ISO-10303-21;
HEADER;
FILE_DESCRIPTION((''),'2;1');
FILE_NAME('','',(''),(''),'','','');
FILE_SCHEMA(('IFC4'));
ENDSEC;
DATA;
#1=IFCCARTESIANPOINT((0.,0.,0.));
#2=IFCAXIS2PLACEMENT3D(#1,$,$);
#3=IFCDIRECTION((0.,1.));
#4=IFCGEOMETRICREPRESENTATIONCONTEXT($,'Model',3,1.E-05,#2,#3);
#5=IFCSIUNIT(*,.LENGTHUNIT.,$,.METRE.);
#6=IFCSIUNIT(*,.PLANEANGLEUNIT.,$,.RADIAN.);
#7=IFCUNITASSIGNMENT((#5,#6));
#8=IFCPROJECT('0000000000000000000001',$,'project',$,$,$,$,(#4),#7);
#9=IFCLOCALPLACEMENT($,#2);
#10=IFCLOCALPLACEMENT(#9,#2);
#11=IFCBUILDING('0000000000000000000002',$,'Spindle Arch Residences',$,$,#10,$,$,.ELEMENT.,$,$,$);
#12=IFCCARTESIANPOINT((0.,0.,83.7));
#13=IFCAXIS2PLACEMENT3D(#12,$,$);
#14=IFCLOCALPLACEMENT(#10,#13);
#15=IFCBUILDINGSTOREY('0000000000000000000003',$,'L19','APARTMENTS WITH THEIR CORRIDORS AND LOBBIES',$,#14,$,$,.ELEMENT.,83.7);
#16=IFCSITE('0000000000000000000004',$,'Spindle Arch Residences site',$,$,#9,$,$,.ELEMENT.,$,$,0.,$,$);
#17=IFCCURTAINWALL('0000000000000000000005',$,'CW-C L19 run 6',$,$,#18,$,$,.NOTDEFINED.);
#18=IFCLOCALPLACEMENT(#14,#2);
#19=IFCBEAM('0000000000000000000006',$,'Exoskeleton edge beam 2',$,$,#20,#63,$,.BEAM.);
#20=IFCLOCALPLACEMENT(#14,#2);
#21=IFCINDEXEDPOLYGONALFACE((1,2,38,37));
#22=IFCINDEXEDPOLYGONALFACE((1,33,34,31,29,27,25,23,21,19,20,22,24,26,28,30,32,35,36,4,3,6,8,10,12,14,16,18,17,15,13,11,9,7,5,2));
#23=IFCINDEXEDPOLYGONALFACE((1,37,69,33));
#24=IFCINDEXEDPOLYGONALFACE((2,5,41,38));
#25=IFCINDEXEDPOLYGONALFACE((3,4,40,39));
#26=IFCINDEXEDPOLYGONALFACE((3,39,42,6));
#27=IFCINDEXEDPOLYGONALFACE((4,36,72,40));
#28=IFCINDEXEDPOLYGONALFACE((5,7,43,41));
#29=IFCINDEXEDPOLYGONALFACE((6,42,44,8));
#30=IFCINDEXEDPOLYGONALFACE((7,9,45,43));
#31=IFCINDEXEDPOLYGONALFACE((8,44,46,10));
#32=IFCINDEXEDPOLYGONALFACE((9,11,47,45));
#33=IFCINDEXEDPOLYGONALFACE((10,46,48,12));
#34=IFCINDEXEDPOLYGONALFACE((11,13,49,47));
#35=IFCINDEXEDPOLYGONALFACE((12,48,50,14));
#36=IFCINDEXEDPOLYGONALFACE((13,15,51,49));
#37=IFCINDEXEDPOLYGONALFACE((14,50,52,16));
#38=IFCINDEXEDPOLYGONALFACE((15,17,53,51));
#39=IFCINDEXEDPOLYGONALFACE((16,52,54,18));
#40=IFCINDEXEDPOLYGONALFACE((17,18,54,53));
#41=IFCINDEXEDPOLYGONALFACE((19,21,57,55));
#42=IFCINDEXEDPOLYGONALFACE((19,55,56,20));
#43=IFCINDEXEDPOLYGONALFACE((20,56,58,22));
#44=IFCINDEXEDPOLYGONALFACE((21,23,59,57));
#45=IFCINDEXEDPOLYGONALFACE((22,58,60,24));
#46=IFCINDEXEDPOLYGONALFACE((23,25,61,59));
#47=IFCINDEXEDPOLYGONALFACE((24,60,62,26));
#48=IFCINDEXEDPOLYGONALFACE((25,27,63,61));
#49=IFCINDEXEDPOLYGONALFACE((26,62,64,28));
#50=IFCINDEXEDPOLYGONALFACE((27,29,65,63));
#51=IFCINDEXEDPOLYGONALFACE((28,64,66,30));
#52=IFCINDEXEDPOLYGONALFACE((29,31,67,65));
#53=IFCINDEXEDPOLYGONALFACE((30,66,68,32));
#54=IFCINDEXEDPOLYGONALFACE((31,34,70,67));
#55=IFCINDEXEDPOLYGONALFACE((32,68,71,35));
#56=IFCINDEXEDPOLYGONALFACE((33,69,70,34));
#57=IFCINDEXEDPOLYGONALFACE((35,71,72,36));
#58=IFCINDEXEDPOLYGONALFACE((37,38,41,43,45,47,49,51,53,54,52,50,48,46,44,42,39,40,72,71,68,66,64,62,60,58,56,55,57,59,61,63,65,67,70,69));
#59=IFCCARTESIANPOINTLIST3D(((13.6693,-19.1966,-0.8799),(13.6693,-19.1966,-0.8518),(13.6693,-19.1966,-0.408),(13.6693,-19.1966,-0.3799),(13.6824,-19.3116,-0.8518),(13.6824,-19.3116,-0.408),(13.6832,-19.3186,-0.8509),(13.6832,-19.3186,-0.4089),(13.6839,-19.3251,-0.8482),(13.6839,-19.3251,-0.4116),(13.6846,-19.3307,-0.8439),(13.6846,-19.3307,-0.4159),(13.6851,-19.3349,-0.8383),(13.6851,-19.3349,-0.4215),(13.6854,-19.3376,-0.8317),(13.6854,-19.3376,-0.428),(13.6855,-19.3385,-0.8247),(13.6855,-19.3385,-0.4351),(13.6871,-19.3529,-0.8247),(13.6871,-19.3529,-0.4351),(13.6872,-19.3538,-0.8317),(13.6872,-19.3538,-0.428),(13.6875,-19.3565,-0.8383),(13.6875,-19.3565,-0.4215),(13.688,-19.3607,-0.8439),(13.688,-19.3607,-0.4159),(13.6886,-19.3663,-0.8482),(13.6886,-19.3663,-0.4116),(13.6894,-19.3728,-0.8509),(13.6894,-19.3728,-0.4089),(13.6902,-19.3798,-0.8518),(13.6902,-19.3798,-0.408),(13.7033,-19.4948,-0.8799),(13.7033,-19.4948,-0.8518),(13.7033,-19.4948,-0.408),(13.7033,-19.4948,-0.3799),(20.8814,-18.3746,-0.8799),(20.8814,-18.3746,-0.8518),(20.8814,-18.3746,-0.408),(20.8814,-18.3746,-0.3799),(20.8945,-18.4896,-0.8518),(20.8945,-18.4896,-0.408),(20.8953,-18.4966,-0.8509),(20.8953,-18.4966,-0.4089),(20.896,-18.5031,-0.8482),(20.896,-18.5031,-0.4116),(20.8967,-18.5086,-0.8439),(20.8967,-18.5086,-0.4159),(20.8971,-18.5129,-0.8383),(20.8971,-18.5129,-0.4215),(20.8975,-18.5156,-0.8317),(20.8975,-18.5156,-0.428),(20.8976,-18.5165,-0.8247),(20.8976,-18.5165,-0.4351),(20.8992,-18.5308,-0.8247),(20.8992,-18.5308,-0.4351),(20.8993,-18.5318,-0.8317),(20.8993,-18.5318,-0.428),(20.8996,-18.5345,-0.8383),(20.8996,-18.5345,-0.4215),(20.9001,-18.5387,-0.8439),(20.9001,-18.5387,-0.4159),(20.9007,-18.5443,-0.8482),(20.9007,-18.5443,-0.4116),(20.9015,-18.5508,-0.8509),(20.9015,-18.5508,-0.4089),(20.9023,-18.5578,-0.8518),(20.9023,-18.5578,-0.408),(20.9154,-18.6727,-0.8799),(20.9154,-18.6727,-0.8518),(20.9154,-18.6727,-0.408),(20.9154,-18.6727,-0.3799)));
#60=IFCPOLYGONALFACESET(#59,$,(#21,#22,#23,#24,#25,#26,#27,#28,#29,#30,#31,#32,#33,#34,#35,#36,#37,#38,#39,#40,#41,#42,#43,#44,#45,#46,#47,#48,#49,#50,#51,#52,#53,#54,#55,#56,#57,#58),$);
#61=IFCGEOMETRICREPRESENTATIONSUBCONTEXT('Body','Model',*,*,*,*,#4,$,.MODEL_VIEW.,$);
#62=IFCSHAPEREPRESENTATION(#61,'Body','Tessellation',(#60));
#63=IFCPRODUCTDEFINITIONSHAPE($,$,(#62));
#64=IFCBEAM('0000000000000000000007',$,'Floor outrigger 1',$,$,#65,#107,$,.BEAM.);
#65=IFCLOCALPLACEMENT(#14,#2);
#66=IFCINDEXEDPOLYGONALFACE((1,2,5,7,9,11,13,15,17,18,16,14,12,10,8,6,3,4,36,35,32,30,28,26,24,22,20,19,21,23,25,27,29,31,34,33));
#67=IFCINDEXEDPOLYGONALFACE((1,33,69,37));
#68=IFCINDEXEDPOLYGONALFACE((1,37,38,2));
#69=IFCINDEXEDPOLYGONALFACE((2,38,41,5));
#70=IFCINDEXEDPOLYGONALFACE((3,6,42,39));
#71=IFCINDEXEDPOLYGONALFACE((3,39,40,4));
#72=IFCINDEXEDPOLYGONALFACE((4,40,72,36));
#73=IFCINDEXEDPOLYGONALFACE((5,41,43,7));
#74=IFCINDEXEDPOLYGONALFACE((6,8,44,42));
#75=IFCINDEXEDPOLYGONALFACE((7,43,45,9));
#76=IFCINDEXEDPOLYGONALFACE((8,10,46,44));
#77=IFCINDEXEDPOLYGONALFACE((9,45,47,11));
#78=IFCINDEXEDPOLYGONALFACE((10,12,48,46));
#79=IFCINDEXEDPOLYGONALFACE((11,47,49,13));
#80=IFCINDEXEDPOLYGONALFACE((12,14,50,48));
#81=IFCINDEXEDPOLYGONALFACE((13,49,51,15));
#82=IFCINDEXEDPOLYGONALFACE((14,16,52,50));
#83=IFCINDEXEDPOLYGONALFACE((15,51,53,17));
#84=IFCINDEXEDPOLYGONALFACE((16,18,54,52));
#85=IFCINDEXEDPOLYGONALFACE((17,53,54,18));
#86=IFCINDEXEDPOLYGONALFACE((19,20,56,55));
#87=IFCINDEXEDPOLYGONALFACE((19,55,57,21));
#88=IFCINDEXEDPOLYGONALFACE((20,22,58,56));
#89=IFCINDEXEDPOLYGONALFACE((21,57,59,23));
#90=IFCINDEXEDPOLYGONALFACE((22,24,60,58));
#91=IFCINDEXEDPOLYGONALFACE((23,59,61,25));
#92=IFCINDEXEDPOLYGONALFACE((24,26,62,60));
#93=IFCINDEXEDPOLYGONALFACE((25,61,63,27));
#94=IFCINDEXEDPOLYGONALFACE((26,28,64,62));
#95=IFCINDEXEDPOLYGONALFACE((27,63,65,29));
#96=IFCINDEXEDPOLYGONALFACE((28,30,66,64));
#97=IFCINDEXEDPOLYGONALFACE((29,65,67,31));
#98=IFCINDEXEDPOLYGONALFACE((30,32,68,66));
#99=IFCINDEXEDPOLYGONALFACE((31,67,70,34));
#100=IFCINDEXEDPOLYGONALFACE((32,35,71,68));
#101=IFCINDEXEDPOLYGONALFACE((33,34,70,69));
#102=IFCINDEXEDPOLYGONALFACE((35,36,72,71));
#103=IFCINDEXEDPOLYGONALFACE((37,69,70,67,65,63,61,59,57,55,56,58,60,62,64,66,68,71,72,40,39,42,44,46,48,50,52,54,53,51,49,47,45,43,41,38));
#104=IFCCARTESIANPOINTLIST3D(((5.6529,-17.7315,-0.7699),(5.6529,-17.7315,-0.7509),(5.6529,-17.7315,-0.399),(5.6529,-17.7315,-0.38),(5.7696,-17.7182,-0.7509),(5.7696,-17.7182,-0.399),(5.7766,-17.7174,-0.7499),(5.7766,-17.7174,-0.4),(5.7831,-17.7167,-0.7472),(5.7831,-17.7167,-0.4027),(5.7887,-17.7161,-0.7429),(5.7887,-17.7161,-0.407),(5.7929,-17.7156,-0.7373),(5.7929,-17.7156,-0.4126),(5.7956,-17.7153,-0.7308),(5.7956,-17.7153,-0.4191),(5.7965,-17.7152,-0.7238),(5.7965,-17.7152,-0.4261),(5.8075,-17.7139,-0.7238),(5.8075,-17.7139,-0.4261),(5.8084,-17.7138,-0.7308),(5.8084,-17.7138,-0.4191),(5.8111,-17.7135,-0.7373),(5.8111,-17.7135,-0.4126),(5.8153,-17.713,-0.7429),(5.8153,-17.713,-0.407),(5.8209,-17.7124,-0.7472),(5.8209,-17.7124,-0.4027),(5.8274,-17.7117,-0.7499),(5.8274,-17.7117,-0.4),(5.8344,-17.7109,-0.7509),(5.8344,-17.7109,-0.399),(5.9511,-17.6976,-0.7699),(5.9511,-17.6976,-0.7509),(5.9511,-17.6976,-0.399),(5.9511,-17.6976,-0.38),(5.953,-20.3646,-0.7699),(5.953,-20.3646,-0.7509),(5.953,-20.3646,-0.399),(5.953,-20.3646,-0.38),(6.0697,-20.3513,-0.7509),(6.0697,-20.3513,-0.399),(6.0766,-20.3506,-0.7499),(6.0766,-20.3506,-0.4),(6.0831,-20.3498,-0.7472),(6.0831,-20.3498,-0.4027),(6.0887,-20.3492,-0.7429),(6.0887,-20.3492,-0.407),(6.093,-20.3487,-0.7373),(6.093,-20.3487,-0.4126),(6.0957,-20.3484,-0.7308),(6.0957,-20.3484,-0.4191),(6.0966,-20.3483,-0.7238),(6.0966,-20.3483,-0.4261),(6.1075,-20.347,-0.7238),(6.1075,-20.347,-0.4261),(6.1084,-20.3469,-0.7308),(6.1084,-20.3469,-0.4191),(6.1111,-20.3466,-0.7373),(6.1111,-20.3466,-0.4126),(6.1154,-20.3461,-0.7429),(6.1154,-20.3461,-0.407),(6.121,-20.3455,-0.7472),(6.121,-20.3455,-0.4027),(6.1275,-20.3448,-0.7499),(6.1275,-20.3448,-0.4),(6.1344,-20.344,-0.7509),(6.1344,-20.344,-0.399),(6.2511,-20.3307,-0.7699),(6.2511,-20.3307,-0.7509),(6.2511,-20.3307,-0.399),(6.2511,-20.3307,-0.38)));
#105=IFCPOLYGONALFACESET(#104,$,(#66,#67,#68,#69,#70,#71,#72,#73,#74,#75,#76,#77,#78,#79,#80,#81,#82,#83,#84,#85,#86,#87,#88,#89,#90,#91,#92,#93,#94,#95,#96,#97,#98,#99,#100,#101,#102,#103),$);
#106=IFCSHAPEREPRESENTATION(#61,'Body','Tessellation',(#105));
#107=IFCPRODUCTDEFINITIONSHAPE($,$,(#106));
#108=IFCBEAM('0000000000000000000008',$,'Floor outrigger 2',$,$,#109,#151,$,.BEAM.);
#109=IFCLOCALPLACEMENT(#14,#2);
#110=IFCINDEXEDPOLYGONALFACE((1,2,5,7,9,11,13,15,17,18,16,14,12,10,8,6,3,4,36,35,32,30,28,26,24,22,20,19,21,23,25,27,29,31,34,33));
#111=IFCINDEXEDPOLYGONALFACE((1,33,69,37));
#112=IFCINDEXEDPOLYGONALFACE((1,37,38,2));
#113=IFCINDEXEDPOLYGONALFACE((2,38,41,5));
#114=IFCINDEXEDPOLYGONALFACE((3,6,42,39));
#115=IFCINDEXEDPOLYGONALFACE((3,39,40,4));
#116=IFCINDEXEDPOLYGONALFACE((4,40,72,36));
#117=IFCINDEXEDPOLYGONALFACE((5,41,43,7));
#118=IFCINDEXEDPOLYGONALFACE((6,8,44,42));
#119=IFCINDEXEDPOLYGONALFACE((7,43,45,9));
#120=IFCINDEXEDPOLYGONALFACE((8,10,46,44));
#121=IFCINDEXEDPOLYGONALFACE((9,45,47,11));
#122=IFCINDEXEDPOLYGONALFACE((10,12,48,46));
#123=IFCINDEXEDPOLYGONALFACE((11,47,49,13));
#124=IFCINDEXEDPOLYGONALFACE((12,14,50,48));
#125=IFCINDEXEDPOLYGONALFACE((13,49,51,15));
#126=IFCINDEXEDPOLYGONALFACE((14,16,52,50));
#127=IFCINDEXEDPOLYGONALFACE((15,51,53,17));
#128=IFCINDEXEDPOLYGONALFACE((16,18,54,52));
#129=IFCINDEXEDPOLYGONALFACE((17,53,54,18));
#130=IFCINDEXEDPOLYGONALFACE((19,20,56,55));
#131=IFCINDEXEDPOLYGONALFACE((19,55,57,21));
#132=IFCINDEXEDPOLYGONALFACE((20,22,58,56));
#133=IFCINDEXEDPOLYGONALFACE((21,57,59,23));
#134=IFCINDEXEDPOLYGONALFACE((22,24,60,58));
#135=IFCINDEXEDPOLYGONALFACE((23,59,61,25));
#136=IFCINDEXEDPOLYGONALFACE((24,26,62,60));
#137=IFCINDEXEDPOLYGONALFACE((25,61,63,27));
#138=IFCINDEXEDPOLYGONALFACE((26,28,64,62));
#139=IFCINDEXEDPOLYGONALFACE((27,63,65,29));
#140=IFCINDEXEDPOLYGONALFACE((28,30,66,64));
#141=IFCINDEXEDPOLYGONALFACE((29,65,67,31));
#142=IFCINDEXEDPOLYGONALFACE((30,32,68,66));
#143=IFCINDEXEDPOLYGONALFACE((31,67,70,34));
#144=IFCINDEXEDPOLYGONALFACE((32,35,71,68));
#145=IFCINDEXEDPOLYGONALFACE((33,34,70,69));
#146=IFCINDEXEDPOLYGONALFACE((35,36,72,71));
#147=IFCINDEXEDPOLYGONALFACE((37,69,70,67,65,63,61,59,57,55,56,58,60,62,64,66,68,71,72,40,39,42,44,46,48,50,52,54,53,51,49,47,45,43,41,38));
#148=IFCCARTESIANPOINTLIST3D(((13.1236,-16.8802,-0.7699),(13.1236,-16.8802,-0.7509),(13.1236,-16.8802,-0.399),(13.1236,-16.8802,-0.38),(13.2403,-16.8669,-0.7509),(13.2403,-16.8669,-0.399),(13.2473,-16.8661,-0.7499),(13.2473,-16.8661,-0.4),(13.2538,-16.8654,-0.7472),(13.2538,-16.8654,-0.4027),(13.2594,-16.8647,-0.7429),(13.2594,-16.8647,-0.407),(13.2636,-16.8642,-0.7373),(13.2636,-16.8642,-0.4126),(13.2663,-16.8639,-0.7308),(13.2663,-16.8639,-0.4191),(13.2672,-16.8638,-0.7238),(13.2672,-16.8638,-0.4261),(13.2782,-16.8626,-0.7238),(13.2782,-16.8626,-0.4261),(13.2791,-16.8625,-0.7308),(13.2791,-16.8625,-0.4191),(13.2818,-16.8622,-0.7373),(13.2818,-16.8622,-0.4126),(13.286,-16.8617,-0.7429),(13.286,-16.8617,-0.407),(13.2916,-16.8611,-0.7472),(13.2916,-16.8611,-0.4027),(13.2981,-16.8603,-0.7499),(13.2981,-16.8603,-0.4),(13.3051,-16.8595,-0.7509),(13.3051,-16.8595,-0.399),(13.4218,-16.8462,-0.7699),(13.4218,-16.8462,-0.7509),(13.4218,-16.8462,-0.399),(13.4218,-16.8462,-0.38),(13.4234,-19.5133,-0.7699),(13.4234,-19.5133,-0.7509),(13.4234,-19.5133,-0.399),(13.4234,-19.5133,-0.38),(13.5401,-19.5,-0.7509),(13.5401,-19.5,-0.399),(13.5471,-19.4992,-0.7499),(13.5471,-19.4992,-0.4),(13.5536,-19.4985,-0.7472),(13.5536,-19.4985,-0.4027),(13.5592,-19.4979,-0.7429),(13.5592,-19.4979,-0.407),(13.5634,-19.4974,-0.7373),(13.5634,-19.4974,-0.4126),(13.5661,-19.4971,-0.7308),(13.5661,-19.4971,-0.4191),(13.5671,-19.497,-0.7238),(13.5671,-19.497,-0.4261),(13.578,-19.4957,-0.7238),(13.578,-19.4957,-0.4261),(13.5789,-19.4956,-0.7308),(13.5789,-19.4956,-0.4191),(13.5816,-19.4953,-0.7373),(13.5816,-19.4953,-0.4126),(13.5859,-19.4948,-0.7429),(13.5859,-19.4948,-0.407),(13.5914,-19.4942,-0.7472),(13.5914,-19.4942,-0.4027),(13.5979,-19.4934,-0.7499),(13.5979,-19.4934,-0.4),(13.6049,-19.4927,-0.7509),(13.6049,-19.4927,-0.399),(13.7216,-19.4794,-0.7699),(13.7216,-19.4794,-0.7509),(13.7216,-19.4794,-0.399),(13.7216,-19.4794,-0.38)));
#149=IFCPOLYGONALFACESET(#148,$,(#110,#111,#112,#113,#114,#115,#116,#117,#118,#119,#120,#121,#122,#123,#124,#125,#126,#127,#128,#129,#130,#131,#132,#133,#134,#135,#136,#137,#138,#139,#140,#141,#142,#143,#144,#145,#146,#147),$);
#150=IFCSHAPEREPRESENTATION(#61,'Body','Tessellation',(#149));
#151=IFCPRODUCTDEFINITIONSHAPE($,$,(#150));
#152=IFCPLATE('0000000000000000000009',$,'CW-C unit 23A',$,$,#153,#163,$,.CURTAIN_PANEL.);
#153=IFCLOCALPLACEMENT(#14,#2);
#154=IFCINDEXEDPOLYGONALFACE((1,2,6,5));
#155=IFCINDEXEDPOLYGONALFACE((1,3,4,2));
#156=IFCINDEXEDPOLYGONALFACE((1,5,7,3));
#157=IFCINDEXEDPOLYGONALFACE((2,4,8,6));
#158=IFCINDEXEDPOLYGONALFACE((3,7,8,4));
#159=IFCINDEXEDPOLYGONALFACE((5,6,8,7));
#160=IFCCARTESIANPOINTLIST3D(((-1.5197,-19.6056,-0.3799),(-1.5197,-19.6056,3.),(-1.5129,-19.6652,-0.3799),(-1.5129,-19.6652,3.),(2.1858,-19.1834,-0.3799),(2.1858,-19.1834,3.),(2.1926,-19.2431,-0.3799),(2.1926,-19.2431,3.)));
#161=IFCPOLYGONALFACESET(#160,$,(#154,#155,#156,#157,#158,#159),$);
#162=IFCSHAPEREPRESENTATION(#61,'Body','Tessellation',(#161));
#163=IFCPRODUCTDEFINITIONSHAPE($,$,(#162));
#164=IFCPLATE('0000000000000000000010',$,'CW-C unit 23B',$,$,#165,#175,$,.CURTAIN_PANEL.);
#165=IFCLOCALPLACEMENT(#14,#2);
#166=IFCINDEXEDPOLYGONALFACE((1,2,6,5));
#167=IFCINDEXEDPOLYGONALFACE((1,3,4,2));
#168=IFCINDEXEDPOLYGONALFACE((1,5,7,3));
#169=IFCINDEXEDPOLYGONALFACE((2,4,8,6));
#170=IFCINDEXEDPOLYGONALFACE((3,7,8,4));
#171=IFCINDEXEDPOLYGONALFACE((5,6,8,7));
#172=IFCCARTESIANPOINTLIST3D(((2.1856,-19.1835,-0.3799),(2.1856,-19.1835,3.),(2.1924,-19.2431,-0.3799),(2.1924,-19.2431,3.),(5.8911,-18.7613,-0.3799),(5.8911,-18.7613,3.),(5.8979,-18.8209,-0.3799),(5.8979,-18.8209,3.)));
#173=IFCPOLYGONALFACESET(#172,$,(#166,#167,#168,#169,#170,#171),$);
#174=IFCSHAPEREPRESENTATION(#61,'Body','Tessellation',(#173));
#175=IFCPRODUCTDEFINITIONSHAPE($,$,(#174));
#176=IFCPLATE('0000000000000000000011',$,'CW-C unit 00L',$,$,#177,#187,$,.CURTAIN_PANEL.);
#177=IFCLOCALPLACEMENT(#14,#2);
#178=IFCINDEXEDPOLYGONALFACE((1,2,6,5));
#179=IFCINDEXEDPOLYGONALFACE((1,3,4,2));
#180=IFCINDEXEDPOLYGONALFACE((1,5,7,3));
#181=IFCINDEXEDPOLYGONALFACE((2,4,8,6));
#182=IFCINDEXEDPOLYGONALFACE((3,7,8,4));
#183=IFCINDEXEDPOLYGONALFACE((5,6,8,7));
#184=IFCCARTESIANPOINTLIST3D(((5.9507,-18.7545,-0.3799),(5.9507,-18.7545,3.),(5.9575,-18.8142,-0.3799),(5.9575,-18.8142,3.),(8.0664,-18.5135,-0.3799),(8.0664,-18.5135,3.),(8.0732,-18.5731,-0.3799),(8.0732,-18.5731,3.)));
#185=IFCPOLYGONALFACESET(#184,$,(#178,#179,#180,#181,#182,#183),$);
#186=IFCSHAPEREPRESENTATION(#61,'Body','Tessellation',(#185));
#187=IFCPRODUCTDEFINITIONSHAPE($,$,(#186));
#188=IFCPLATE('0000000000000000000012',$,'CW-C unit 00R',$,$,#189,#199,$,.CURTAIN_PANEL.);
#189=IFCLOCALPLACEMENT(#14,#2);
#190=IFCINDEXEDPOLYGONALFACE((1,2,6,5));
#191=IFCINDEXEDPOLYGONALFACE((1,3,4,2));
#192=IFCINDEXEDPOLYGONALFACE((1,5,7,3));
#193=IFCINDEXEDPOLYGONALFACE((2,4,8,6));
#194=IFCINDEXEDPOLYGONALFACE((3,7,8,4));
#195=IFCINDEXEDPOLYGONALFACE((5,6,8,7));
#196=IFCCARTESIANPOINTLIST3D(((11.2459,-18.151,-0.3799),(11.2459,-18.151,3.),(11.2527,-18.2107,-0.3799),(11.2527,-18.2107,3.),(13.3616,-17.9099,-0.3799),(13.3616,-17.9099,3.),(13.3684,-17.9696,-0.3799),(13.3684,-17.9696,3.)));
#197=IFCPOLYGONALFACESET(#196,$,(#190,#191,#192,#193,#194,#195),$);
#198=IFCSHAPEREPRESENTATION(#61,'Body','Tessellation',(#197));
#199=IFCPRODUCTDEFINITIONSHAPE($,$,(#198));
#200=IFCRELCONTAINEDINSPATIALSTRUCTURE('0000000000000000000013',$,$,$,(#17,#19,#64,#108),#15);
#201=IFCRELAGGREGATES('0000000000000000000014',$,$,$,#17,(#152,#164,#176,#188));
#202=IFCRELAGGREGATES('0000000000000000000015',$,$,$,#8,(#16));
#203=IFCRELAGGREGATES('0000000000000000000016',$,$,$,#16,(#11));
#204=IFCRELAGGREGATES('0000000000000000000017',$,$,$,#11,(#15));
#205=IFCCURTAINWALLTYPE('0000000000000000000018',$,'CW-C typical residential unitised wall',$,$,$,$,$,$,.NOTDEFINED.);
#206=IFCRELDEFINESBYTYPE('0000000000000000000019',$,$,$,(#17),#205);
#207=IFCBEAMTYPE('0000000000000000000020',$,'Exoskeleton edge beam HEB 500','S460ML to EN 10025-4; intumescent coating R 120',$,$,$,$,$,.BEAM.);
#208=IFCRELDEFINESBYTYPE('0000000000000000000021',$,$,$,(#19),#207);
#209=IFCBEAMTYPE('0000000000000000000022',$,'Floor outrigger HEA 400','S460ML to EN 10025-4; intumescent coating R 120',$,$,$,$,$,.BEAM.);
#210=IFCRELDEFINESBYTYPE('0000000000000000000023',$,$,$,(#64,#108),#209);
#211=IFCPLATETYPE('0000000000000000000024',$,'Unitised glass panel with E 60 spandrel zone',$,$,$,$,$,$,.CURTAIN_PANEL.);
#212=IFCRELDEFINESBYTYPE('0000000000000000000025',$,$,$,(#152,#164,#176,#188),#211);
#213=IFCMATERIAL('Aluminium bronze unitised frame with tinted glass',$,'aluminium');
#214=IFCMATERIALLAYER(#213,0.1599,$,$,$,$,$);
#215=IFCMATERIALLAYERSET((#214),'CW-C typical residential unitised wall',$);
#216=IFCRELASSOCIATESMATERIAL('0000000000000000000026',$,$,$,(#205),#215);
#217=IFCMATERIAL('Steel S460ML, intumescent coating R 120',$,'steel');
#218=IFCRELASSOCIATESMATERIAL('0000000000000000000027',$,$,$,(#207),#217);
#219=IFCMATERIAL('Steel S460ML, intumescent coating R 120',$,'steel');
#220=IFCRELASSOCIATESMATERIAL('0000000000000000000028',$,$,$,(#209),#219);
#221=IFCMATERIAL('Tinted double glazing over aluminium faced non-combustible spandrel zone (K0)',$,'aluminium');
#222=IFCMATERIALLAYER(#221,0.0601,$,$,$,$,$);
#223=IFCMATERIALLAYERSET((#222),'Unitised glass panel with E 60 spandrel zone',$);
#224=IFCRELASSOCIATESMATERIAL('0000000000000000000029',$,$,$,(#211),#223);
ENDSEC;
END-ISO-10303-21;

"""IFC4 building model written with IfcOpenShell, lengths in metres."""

from ifc_helpers import new_model, si_unit, direction, frame, origin, origin_2d, place, context, subcontext, project, spatial, rectangle, i_section, extrude, material, layer, layer_set, material_profile, profile_set, type_object, element, aggregate, save


model = new_model("IFC4")

# Units and contexts
model_context = context("Model", 3, precision=1e-05, world=origin(), true_north=direction((0.0, 1.0)))
body_context = subcontext(model_context, "Body", "Model", "MODEL_VIEW")
ifc_project = project(units=[si_unit("LENGTHUNIT", "METRE"), si_unit("PLANEANGLEUNIT", "RADIAN")], contexts=[model_context])

# Site, building, storey
site_placement = place(None, origin())
site = spatial("IfcSite", under=ifc_project, at=site_placement, Name="Spindle Arch Residences site", CompositionType="ELEMENT", RefElevation=0.0)
building_placement = place(site_placement, origin())
building = spatial("IfcBuilding", under=site, at=building_placement, Name="Spindle Arch Residences", CompositionType="ELEMENT")
storey_placement = place(building_placement, frame((0.0, 0.0, 83.7)))
storey = spatial("IfcBuildingStorey", under=building, at=storey_placement, Name="L19", Description="APARTMENTS WITH THEIR CORRIDORS AND LOBBIES", CompositionType="ELEMENT", Elevation=83.7)

# Curtain wall
ifc_material_1 = material(Name="Aluminium bronze unitised frame with tinted glass", Category="aluminium")
ifc_layer_1 = layer(ifc_material_1, 0.1599)
ifc_layer_set_1 = layer_set([ifc_layer_1], Name="CW-C typical residential unitised wall")
curtain_wall_type = type_object("IfcCurtainWallType", Name="CW-C typical residential unitised wall", PredefinedType="NOTDEFINED", material=ifc_layer_set_1)
curtain_wall_placement = place(storey_placement, origin())
curtain_wall = element("IfcCurtainWall", 1, at=curtain_wall_placement, inside=storey, type_object=curtain_wall_type, Name="CW-C L19 run 6", PredefinedType="NOTDEFINED")

# Beams
ifc_material_2 = material(Name="Steel S460ML, intumescent coating R 120", Category="steel")
ifc_material_profile_1 = material_profile(ifc_material_2, i_section(OverallWidth=0.3, OverallDepth=0.5, WebThickness=0.0144, FlangeThickness=0.0281, FilletRadius=0.0271, at=origin_2d()), Name="HEB 500")
ifc_profile_set_1 = profile_set([ifc_material_profile_1], Name="Steel S460ML, intumescent coating R 120")
beam_type_1 = type_object("IfcBeamType", Name="Exoskeleton edge beam HEB 500", Description="S460ML to EN 10025-4; intumescent coating R 120", PredefinedType="BEAM", material=ifc_profile_set_1)
for number, where, z_axis, x_axis, name in (
    (2, (13.6863, -19.3457, -0.6299), (0.993567, 0.113244, 0.0), (-0.113244, 0.993567, 0.0), "Exoskeleton edge beam 2"),
):
    element("IfcBeam", number, at=place(storey_placement, frame(where, z_axis=z_axis, x_axis=x_axis)), inside=storey, type_object=beam_type_1, Name=name, PredefinedType="BEAM", context=body_context, shape_type="SweptSolid", body=[
        extrude(i_section(OverallWidth=0.3, OverallDepth=0.5, WebThickness=0.0144, FlangeThickness=0.0281, FilletRadius=0.0271, at=origin_2d()), origin(), (0.0, 0.0, 1.0), 7.2588),
    ])
ifc_material_3 = material(Name="Steel S460ML, intumescent coating R 120", Category="steel")
ifc_material_profile_2 = material_profile(ifc_material_3, i_section(OverallWidth=0.3, OverallDepth=0.3899, WebThickness=0.011, FlangeThickness=0.019, FilletRadius=0.0271, at=origin_2d()), Name="HEA 400")
ifc_profile_set_2 = profile_set([ifc_material_profile_2], Name="Steel S460ML, intumescent coating R 120")
beam_type_2 = type_object("IfcBeamType", Name="Floor outrigger HEA 400", Description="S460ML to EN 10025-4; intumescent coating R 120", PredefinedType="BEAM", material=ifc_profile_set_2)
for number, where, z_axis, x_axis, name in (
    (3, (6.1021, -20.3477, -0.575), (-0.113222, 0.99357, 0.0), (-0.99357, -0.113222, 0.0), "Floor outrigger 1"),
    (4, (13.5725, -19.4963, -0.575), (-0.113131, 0.99358, 0.0), (-0.99358, -0.113131, 0.0), "Floor outrigger 2"),
):
    element("IfcBeam", number, at=place(storey_placement, frame(where, z_axis=z_axis, x_axis=x_axis)), inside=storey, type_object=beam_type_2, Name=name, PredefinedType="BEAM", context=body_context, shape_type="SweptSolid", body=[
        extrude(i_section(OverallWidth=0.3, OverallDepth=0.3899, WebThickness=0.011, FlangeThickness=0.019, FilletRadius=0.0271, at=origin_2d()), origin(), (0.0, 0.0, 1.0), 2.6501),
    ])

# Plates
ifc_material_4 = material(Name="Tinted double glazing over aluminium faced non-combustible spandrel zone (K0)", Category="aluminium")
ifc_layer_2 = layer(ifc_material_4, 0.0601)
ifc_layer_set_2 = layer_set([ifc_layer_2], Name="Unitised glass panel with E 60 spandrel zone")
plate_type = type_object("IfcPlateType", Name="Unitised glass panel with E 60 spandrel zone", PredefinedType="CURTAIN_PANEL", material=ifc_layer_set_2)
plate_1_placement = place(storey_placement, frame((0.3364, -19.4243, -0.3799), z_axis=(0.0, 0.0, 1.0), x_axis=(0.993572, 0.113203, 0.0)))
plate_1 = element("IfcPlate", 5, at=plate_1_placement, type_object=plate_type, Name="CW-C unit 23A", PredefinedType="CURTAIN_PANEL", context=body_context, shape_type="SweptSolid", body=[
    extrude(rectangle(XDim=3.7295, YDim=0.0601, at=origin_2d()), origin(), (0.0, 0.0, 1.0), 3.3799),
])
plate_2_placement = place(storey_placement, frame((4.0417, -19.0022, -0.3799), z_axis=(0.0, 0.0, 1.0), x_axis=(0.993572, 0.113203, 0.0)))
plate_2 = element("IfcPlate", 6, at=plate_2_placement, type_object=plate_type, Name="CW-C unit 23B", PredefinedType="CURTAIN_PANEL", context=body_context, shape_type="SweptSolid", body=[
    extrude(rectangle(XDim=3.7295, YDim=0.0601, at=origin_2d()), origin(), (0.0, 0.0, 1.0), 3.3799),
])
plate_3_placement = place(storey_placement, frame((7.012, -18.6638, -0.3799), z_axis=(0.0, 0.0, 1.0), x_axis=(0.993572, 0.113203, 0.0)))
plate_3 = element("IfcPlate", 7, at=plate_3_placement, type_object=plate_type, Name="CW-C unit 00L", PredefinedType="CURTAIN_PANEL", context=body_context, shape_type="SweptSolid", body=[
    extrude(rectangle(XDim=2.1294, YDim=0.0601, at=origin_2d()), origin(), (0.0, 0.0, 1.0), 3.3799),
])
plate_4_placement = place(storey_placement, frame((12.3071, -18.0603, -0.3799), z_axis=(0.0, 0.0, 1.0), x_axis=(0.993572, 0.113203, 0.0)))
plate_4 = element("IfcPlate", 8, at=plate_4_placement, type_object=plate_type, Name="CW-C unit 00R", PredefinedType="CURTAIN_PANEL", context=body_context, shape_type="SweptSolid", body=[
    extrude(rectangle(XDim=2.1294, YDim=0.0601, at=origin_2d()), origin(), (0.0, 0.0, 1.0), 3.3799),
])
aggregate(curtain_wall, [plate_1, plate_2, plate_3, plate_4])

save(model, "model.ifc")
